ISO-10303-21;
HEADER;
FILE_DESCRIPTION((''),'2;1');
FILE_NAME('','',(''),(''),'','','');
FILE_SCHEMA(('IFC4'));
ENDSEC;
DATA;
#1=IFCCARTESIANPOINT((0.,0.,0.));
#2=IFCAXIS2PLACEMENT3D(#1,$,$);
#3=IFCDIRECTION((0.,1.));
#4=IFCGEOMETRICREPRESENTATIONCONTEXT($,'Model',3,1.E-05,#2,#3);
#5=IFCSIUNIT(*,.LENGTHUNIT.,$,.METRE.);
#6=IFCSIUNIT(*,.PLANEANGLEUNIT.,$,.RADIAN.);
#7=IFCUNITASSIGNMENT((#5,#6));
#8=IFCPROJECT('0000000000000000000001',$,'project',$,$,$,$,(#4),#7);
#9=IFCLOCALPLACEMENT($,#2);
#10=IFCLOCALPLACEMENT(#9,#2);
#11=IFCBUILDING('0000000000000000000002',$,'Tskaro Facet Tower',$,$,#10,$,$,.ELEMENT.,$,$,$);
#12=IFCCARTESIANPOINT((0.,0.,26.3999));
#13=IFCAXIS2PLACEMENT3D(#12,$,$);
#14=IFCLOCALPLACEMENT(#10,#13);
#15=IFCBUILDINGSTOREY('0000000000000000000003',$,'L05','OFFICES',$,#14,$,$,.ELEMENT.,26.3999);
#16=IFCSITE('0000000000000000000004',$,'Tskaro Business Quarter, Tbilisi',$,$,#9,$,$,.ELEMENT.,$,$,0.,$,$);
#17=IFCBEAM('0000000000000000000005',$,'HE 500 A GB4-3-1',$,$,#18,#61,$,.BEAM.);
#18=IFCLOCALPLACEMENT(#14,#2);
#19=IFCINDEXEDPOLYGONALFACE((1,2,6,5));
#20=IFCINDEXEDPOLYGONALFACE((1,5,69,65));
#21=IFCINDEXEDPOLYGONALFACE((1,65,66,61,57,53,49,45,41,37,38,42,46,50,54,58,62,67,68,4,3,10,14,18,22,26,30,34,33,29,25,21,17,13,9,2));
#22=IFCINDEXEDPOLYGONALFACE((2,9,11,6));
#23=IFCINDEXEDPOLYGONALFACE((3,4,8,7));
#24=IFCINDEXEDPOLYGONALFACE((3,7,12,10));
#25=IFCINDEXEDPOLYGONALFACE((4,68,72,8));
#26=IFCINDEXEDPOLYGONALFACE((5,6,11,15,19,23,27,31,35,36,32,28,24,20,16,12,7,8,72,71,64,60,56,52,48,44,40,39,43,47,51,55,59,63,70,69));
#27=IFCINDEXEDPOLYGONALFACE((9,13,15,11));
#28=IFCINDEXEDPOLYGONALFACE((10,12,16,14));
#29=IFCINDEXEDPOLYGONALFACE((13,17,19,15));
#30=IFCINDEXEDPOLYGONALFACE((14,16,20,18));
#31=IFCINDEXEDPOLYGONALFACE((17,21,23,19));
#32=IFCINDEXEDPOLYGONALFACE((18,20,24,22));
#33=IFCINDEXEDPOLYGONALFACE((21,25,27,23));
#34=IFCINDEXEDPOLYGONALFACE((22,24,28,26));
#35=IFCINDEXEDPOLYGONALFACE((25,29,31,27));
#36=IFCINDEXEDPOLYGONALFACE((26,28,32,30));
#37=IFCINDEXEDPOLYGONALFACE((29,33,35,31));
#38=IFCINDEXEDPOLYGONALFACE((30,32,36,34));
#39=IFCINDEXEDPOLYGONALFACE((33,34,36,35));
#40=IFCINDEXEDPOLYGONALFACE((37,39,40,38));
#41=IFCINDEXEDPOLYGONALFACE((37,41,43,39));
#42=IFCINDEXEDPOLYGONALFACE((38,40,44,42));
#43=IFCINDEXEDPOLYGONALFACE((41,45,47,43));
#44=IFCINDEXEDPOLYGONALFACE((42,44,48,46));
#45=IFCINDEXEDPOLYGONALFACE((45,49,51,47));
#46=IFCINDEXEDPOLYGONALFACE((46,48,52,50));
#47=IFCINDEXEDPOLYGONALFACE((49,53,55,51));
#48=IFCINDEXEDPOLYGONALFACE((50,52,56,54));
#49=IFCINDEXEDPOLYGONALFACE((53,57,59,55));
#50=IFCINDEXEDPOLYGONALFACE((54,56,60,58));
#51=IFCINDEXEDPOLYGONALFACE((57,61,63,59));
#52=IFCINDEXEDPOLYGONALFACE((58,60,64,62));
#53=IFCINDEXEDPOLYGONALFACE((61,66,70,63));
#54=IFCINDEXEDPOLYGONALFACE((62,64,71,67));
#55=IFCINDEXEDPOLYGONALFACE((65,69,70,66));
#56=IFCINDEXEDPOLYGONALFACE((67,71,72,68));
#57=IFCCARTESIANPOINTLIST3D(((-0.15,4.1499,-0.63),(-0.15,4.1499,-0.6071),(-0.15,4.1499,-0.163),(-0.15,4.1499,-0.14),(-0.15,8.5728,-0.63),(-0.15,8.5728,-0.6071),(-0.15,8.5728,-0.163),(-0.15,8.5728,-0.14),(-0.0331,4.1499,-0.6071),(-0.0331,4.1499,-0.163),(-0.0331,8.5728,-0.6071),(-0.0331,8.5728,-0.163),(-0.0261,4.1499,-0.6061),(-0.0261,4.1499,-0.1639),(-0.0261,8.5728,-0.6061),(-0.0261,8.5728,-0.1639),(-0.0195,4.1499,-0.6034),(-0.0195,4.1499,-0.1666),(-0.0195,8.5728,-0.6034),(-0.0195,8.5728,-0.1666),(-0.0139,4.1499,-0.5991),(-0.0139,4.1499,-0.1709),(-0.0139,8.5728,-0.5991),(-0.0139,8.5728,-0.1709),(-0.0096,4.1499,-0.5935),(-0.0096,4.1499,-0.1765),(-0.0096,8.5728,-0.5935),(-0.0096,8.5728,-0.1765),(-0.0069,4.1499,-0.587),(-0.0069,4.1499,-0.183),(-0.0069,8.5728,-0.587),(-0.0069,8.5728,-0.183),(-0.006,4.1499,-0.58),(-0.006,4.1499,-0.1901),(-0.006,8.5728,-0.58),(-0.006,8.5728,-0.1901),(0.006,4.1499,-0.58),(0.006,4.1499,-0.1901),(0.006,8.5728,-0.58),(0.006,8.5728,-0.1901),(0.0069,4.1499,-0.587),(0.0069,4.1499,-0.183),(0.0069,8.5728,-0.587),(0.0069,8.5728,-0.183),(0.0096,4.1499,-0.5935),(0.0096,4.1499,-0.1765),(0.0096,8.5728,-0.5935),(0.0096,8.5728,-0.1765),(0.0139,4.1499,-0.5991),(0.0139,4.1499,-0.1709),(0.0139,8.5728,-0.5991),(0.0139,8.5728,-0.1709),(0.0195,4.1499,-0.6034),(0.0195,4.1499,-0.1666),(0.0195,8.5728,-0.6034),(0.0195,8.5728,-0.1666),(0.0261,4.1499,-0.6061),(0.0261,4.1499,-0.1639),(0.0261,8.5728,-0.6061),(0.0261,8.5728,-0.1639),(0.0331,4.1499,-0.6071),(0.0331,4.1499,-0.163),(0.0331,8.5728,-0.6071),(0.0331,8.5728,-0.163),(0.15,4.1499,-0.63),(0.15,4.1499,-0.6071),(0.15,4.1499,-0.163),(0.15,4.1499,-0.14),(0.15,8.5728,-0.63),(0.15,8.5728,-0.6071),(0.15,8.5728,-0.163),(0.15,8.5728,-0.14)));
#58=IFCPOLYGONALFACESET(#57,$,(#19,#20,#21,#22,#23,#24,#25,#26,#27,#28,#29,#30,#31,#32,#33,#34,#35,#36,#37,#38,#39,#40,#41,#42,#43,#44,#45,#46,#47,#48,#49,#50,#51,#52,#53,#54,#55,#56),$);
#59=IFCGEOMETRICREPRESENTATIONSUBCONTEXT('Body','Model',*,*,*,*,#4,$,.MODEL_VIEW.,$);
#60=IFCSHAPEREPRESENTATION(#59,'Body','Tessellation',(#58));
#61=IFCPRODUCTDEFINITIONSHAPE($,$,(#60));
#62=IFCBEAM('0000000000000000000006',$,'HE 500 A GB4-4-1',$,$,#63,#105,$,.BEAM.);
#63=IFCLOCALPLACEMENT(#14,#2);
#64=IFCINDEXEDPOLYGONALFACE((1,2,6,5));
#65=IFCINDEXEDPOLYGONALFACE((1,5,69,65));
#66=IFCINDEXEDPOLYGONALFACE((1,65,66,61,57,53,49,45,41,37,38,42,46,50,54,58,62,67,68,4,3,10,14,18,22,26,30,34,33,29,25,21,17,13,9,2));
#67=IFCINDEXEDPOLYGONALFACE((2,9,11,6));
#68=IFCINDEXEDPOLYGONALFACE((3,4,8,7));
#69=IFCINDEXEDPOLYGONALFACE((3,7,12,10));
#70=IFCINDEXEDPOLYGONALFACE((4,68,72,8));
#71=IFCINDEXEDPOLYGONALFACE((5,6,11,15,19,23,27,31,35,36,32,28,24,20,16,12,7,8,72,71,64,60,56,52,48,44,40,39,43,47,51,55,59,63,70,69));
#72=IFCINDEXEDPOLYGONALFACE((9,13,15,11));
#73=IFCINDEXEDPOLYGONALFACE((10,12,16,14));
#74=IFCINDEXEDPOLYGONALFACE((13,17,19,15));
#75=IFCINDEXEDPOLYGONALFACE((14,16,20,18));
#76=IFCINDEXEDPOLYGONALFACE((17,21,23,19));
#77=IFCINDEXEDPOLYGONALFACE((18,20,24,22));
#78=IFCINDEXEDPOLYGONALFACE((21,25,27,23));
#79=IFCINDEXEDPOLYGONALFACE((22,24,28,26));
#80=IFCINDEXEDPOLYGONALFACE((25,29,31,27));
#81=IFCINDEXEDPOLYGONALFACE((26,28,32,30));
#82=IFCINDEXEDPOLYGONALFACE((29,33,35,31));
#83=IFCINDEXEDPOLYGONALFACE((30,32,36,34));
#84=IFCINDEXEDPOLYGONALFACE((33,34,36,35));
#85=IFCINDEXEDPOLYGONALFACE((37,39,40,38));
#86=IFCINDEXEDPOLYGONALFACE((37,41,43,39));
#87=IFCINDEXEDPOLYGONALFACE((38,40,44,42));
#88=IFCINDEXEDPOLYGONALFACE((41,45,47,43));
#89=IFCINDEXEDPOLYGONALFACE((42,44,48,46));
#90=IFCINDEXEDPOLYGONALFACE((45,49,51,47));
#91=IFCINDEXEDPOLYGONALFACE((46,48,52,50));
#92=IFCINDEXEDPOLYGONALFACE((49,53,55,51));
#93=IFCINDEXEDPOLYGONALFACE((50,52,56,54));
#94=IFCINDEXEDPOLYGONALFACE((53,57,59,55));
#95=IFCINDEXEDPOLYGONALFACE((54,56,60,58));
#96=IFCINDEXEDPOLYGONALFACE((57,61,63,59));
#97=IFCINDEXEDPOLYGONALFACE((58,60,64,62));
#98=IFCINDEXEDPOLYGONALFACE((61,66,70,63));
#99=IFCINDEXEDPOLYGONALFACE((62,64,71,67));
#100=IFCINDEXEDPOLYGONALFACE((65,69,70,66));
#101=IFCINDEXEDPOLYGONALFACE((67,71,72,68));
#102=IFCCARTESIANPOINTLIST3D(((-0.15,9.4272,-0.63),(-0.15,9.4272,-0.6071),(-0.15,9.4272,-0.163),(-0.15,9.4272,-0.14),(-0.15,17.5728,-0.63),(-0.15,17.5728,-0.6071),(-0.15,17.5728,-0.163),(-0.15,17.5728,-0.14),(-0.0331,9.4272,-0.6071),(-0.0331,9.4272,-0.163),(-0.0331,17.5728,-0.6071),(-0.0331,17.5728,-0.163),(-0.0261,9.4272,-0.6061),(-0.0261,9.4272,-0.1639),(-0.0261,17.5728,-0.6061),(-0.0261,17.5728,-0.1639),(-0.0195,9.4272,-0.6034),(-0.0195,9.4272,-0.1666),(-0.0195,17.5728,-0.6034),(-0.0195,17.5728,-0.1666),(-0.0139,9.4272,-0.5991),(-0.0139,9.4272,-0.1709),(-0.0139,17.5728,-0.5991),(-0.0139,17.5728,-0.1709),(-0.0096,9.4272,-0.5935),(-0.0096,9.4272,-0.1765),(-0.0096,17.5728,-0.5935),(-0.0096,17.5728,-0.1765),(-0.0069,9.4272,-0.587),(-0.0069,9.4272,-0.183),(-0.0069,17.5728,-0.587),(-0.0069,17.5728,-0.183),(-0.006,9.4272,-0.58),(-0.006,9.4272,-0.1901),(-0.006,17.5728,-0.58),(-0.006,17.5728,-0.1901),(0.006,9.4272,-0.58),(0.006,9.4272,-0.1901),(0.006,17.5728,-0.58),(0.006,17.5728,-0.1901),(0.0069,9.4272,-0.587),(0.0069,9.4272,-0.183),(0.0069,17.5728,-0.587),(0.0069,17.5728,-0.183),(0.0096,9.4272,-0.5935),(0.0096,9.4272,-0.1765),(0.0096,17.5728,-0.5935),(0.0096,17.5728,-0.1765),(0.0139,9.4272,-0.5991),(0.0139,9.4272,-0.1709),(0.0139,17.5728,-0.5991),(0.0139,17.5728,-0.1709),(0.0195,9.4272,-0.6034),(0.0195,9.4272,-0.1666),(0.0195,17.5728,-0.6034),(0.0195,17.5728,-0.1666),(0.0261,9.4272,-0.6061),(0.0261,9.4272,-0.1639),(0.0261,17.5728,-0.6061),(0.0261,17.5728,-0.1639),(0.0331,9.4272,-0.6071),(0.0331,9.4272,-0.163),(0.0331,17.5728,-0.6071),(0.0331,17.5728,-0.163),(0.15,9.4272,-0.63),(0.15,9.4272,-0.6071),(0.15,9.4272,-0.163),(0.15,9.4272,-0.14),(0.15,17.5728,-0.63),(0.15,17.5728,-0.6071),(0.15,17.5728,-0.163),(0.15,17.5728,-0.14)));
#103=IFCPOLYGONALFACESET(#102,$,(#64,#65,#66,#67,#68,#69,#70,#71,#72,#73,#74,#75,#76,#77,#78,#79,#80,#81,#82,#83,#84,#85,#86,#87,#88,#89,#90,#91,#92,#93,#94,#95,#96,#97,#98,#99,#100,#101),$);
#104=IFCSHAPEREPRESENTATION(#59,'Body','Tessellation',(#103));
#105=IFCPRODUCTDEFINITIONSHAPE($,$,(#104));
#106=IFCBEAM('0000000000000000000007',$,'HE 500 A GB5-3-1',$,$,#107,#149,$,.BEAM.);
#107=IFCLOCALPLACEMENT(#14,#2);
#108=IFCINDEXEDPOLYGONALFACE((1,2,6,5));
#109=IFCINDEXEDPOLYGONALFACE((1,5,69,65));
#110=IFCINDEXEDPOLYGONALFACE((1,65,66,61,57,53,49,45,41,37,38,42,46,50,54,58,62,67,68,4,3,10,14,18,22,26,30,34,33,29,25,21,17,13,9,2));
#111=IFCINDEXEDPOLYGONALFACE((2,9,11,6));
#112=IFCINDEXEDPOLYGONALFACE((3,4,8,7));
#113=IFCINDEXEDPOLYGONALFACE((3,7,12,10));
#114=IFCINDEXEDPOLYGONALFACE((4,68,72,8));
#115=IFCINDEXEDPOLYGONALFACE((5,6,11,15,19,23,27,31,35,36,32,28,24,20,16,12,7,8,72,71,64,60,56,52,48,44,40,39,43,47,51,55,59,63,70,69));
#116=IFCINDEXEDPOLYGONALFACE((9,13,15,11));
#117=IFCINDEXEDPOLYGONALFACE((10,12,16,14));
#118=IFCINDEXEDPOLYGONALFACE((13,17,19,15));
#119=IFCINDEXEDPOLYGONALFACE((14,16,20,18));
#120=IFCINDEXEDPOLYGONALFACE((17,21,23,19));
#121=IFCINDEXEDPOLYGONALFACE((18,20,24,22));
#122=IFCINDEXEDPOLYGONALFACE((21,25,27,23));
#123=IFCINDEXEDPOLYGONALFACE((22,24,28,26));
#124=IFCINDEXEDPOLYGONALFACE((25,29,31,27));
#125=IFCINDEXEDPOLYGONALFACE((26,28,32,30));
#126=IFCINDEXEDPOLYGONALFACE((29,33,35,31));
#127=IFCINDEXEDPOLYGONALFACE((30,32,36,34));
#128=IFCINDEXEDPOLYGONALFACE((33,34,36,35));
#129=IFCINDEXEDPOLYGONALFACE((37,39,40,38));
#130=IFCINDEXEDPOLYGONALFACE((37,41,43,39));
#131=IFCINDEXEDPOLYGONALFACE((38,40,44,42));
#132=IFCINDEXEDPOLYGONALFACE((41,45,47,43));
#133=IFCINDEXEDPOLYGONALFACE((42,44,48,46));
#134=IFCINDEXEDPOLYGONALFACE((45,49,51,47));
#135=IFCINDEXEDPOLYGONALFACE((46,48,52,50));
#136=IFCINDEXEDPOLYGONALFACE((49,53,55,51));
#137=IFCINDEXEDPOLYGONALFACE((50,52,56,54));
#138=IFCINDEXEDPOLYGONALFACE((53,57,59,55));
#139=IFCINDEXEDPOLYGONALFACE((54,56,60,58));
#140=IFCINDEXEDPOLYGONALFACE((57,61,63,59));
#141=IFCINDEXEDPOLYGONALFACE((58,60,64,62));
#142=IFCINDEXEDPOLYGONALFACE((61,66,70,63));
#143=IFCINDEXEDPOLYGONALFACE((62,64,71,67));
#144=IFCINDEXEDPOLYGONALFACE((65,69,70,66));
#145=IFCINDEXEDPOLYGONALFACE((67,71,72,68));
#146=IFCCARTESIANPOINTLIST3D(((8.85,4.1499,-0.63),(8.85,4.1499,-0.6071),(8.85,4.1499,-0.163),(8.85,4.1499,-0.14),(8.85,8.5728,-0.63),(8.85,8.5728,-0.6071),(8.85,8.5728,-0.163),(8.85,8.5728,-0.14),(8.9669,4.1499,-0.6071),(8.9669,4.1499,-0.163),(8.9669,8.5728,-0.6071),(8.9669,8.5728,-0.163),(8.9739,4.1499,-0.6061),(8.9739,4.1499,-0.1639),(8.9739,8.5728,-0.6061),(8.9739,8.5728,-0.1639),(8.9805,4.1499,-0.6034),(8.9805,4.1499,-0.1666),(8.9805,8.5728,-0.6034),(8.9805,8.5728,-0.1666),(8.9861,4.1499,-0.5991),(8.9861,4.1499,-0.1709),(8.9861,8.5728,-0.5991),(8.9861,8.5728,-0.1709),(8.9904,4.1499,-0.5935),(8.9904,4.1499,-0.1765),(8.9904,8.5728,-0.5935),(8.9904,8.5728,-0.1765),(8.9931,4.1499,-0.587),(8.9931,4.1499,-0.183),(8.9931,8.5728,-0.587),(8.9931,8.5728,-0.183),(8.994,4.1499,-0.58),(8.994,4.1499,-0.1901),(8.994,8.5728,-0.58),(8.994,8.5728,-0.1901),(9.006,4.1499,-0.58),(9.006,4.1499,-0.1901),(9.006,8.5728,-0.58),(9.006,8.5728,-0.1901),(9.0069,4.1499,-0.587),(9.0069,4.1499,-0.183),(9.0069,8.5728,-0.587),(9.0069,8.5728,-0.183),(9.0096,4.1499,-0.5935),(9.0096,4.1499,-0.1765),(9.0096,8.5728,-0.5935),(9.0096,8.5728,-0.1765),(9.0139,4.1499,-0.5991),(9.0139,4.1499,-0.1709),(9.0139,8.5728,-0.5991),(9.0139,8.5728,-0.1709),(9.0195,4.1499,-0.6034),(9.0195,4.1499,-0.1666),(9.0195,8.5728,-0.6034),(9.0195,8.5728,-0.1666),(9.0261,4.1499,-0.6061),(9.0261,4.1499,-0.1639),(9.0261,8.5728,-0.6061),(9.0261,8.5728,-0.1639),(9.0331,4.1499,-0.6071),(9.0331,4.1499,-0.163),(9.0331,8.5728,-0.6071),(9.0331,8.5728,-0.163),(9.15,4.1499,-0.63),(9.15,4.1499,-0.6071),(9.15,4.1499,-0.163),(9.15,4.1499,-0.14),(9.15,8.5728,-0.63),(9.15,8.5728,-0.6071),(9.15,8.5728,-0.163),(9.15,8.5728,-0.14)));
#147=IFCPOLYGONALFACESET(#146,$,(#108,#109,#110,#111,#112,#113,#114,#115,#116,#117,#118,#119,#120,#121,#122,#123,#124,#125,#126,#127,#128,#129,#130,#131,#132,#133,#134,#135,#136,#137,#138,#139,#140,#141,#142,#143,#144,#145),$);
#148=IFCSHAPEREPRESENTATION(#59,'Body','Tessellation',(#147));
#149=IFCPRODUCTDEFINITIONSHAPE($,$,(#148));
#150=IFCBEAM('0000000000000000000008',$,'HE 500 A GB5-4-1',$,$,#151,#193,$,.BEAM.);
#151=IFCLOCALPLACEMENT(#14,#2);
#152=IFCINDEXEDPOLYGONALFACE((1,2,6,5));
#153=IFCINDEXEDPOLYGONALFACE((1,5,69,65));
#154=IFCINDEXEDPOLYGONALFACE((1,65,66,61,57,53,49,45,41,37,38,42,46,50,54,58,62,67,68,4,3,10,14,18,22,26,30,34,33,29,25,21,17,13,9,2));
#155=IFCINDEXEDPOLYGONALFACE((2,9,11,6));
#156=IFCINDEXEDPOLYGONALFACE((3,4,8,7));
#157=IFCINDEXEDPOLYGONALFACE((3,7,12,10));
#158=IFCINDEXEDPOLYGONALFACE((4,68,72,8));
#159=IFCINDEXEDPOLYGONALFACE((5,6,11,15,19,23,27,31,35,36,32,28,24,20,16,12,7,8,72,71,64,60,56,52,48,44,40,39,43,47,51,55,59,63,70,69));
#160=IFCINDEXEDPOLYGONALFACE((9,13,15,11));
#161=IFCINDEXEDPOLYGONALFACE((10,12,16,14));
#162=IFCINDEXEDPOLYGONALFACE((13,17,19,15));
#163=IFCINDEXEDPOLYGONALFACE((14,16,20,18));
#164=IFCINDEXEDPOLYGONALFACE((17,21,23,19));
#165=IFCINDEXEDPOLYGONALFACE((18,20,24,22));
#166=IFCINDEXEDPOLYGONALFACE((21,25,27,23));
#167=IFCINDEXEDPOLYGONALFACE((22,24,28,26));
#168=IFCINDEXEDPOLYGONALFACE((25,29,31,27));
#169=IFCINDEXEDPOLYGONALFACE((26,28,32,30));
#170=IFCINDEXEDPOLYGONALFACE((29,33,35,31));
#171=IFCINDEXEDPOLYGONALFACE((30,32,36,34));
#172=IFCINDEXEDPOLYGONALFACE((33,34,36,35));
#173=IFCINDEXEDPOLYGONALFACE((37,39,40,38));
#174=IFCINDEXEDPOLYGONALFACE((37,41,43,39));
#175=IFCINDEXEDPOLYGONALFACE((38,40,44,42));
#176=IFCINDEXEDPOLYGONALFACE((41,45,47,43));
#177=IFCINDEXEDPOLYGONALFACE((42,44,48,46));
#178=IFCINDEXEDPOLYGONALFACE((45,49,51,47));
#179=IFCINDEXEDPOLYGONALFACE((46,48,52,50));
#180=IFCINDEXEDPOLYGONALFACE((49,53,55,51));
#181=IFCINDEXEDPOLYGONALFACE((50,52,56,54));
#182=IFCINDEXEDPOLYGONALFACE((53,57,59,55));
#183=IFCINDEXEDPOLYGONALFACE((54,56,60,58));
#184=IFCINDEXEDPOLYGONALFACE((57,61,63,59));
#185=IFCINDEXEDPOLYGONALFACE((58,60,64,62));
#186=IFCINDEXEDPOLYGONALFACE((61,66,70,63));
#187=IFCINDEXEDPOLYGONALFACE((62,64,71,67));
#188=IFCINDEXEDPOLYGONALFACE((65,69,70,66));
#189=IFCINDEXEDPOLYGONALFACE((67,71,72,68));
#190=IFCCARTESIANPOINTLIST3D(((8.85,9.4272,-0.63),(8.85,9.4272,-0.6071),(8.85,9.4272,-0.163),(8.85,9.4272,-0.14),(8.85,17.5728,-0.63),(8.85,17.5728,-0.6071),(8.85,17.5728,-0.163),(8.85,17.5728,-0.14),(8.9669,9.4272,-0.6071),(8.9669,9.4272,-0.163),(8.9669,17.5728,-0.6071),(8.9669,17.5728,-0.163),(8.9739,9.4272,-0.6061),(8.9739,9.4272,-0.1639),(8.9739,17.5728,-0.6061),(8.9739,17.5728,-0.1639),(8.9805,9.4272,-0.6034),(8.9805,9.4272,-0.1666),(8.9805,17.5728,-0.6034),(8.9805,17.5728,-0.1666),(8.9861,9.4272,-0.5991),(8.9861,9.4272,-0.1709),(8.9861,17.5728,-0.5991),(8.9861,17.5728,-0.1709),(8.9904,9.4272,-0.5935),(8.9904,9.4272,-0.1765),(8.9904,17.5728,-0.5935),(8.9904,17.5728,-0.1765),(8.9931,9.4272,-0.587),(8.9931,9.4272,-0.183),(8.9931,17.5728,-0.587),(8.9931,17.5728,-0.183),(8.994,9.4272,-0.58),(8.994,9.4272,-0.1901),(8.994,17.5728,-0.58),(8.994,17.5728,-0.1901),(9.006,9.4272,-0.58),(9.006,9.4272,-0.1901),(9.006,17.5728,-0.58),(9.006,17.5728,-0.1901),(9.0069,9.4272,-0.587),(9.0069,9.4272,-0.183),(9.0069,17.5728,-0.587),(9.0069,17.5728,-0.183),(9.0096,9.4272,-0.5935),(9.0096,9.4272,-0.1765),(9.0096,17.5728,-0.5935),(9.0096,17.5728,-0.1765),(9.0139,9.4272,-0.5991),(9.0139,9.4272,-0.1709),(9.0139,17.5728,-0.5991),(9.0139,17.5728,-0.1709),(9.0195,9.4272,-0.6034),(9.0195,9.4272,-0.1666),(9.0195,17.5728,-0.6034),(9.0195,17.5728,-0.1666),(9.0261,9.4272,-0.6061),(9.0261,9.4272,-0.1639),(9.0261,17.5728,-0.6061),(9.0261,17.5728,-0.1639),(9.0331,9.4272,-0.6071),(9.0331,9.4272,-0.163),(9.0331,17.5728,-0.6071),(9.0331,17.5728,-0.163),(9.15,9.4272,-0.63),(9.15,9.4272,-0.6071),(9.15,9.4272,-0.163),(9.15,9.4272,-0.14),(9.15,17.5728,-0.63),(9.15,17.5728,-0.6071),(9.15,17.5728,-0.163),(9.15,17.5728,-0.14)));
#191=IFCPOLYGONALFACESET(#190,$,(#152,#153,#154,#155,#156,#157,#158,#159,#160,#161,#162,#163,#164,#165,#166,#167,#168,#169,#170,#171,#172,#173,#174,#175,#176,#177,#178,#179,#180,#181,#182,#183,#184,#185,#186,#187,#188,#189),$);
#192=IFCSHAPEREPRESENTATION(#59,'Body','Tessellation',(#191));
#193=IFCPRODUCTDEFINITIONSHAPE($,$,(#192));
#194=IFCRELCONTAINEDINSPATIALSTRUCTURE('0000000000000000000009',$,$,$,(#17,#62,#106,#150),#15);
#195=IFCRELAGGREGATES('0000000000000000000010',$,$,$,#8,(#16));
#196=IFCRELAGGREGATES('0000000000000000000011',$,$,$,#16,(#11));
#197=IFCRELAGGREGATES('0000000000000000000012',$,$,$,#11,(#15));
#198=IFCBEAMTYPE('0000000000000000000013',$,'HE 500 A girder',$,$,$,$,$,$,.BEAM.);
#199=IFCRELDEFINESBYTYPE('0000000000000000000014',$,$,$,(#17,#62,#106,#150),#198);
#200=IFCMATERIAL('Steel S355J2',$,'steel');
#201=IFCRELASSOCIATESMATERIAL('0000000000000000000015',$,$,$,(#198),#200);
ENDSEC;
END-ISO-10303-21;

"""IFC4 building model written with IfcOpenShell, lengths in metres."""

from ifc_helpers import new_model, si_unit, direction, frame, origin, origin_2d, place, context, subcontext, project, spatial, i_section, extrude, material, material_profile, profile_set, type_object, element, save


model = new_model("IFC4")

# Units and contexts
model_context = context("Model", 3, precision=1e-05, world=origin(), true_north=direction((0.0, 1.0)))
body_context = subcontext(model_context, "Body", "Model", "MODEL_VIEW")
ifc_project = project(units=[si_unit("LENGTHUNIT", "METRE"), si_unit("PLANEANGLEUNIT", "RADIAN")], contexts=[model_context])

# Site, building, storey
site_placement = place(None, origin())
site = spatial("IfcSite", under=ifc_project, at=site_placement, Name="Tskaro Business Quarter, Tbilisi", CompositionType="ELEMENT", RefElevation=0.0)
building_placement = place(site_placement, origin())
building = spatial("IfcBuilding", under=site, at=building_placement, Name="Tskaro Facet Tower", CompositionType="ELEMENT")
storey_placement = place(building_placement, frame((0.0, 0.0, 26.3999)))
storey = spatial("IfcBuildingStorey", under=building, at=storey_placement, Name="L05", Description="OFFICES", CompositionType="ELEMENT", Elevation=26.3999)

# Beams
ifc_material_1 = material(Name="Steel S355J2", Category="steel")
ifc_material_profile_1 = material_profile(ifc_material_1, i_section(OverallWidth=0.3, OverallDepth=0.49, WebThickness=0.012, FlangeThickness=0.0229, FilletRadius=0.0271, at=origin_2d()), Name="HE 500 A")
ifc_profile_set_1 = profile_set([ifc_material_profile_1], Name="Steel S355J2")
beam_type_1 = type_object("IfcBeamType", Name="HE 500 A girder", PredefinedType="BEAM", material=ifc_profile_set_1)
beam_1_placement = place(storey_placement, frame((0.0, 4.1499, -0.385), z_axis=(0.0, 1.0, 0.0), x_axis=(-1.0, 0.0, 0.0)))
element("IfcBeam", 1, at=beam_1_placement, inside=storey, type_object=beam_type_1, Name="HE 500 A GB4-3-1", PredefinedType="BEAM", context=body_context, shape_type="SweptSolid", body=[
    extrude(i_section(OverallWidth=0.3, OverallDepth=0.49, WebThickness=0.012, FlangeThickness=0.0229, FilletRadius=0.0271, at=origin_2d()), origin(), (0.0, 0.0, 1.0), 4.4229),
])
beam_2_placement = place(storey_placement, frame((0.0, 9.4272, -0.385), z_axis=(0.0, 1.0, 0.0), x_axis=(-1.0, 0.0, 0.0)))
element("IfcBeam", 2, at=beam_2_placement, inside=storey, type_object=beam_type_1, Name="HE 500 A GB4-4-1", PredefinedType="BEAM", context=body_context, shape_type="SweptSolid", body=[
    extrude(i_section(OverallWidth=0.3, OverallDepth=0.49, WebThickness=0.012, FlangeThickness=0.0229, FilletRadius=0.0271, at=origin_2d()), origin(), (0.0, 0.0, 1.0), 8.1455),
])
beam_3_placement = place(storey_placement, frame((9.0, 4.1499, -0.385), z_axis=(0.0, 1.0, 0.0), x_axis=(-1.0, 0.0, 0.0)))
element("IfcBeam", 3, at=beam_3_placement, inside=storey, type_object=beam_type_1, Name="HE 500 A GB5-3-1", PredefinedType="BEAM", context=body_context, shape_type="SweptSolid", body=[
    extrude(i_section(OverallWidth=0.3, OverallDepth=0.49, WebThickness=0.012, FlangeThickness=0.0229, FilletRadius=0.0271, at=origin_2d()), origin(), (0.0, 0.0, 1.0), 4.4229),
])
beam_4_placement = place(storey_placement, frame((9.0, 9.4272, -0.385), z_axis=(0.0, 1.0, 0.0), x_axis=(-1.0, 0.0, 0.0)))
element("IfcBeam", 4, at=beam_4_placement, inside=storey, type_object=beam_type_1, Name="HE 500 A GB5-4-1", PredefinedType="BEAM", context=body_context, shape_type="SweptSolid", body=[
    extrude(i_section(OverallWidth=0.3, OverallDepth=0.49, WebThickness=0.012, FlangeThickness=0.0229, FilletRadius=0.0271, at=origin_2d()), origin(), (0.0, 0.0, 1.0), 8.1455),
])

save(model, "model.ifc")
